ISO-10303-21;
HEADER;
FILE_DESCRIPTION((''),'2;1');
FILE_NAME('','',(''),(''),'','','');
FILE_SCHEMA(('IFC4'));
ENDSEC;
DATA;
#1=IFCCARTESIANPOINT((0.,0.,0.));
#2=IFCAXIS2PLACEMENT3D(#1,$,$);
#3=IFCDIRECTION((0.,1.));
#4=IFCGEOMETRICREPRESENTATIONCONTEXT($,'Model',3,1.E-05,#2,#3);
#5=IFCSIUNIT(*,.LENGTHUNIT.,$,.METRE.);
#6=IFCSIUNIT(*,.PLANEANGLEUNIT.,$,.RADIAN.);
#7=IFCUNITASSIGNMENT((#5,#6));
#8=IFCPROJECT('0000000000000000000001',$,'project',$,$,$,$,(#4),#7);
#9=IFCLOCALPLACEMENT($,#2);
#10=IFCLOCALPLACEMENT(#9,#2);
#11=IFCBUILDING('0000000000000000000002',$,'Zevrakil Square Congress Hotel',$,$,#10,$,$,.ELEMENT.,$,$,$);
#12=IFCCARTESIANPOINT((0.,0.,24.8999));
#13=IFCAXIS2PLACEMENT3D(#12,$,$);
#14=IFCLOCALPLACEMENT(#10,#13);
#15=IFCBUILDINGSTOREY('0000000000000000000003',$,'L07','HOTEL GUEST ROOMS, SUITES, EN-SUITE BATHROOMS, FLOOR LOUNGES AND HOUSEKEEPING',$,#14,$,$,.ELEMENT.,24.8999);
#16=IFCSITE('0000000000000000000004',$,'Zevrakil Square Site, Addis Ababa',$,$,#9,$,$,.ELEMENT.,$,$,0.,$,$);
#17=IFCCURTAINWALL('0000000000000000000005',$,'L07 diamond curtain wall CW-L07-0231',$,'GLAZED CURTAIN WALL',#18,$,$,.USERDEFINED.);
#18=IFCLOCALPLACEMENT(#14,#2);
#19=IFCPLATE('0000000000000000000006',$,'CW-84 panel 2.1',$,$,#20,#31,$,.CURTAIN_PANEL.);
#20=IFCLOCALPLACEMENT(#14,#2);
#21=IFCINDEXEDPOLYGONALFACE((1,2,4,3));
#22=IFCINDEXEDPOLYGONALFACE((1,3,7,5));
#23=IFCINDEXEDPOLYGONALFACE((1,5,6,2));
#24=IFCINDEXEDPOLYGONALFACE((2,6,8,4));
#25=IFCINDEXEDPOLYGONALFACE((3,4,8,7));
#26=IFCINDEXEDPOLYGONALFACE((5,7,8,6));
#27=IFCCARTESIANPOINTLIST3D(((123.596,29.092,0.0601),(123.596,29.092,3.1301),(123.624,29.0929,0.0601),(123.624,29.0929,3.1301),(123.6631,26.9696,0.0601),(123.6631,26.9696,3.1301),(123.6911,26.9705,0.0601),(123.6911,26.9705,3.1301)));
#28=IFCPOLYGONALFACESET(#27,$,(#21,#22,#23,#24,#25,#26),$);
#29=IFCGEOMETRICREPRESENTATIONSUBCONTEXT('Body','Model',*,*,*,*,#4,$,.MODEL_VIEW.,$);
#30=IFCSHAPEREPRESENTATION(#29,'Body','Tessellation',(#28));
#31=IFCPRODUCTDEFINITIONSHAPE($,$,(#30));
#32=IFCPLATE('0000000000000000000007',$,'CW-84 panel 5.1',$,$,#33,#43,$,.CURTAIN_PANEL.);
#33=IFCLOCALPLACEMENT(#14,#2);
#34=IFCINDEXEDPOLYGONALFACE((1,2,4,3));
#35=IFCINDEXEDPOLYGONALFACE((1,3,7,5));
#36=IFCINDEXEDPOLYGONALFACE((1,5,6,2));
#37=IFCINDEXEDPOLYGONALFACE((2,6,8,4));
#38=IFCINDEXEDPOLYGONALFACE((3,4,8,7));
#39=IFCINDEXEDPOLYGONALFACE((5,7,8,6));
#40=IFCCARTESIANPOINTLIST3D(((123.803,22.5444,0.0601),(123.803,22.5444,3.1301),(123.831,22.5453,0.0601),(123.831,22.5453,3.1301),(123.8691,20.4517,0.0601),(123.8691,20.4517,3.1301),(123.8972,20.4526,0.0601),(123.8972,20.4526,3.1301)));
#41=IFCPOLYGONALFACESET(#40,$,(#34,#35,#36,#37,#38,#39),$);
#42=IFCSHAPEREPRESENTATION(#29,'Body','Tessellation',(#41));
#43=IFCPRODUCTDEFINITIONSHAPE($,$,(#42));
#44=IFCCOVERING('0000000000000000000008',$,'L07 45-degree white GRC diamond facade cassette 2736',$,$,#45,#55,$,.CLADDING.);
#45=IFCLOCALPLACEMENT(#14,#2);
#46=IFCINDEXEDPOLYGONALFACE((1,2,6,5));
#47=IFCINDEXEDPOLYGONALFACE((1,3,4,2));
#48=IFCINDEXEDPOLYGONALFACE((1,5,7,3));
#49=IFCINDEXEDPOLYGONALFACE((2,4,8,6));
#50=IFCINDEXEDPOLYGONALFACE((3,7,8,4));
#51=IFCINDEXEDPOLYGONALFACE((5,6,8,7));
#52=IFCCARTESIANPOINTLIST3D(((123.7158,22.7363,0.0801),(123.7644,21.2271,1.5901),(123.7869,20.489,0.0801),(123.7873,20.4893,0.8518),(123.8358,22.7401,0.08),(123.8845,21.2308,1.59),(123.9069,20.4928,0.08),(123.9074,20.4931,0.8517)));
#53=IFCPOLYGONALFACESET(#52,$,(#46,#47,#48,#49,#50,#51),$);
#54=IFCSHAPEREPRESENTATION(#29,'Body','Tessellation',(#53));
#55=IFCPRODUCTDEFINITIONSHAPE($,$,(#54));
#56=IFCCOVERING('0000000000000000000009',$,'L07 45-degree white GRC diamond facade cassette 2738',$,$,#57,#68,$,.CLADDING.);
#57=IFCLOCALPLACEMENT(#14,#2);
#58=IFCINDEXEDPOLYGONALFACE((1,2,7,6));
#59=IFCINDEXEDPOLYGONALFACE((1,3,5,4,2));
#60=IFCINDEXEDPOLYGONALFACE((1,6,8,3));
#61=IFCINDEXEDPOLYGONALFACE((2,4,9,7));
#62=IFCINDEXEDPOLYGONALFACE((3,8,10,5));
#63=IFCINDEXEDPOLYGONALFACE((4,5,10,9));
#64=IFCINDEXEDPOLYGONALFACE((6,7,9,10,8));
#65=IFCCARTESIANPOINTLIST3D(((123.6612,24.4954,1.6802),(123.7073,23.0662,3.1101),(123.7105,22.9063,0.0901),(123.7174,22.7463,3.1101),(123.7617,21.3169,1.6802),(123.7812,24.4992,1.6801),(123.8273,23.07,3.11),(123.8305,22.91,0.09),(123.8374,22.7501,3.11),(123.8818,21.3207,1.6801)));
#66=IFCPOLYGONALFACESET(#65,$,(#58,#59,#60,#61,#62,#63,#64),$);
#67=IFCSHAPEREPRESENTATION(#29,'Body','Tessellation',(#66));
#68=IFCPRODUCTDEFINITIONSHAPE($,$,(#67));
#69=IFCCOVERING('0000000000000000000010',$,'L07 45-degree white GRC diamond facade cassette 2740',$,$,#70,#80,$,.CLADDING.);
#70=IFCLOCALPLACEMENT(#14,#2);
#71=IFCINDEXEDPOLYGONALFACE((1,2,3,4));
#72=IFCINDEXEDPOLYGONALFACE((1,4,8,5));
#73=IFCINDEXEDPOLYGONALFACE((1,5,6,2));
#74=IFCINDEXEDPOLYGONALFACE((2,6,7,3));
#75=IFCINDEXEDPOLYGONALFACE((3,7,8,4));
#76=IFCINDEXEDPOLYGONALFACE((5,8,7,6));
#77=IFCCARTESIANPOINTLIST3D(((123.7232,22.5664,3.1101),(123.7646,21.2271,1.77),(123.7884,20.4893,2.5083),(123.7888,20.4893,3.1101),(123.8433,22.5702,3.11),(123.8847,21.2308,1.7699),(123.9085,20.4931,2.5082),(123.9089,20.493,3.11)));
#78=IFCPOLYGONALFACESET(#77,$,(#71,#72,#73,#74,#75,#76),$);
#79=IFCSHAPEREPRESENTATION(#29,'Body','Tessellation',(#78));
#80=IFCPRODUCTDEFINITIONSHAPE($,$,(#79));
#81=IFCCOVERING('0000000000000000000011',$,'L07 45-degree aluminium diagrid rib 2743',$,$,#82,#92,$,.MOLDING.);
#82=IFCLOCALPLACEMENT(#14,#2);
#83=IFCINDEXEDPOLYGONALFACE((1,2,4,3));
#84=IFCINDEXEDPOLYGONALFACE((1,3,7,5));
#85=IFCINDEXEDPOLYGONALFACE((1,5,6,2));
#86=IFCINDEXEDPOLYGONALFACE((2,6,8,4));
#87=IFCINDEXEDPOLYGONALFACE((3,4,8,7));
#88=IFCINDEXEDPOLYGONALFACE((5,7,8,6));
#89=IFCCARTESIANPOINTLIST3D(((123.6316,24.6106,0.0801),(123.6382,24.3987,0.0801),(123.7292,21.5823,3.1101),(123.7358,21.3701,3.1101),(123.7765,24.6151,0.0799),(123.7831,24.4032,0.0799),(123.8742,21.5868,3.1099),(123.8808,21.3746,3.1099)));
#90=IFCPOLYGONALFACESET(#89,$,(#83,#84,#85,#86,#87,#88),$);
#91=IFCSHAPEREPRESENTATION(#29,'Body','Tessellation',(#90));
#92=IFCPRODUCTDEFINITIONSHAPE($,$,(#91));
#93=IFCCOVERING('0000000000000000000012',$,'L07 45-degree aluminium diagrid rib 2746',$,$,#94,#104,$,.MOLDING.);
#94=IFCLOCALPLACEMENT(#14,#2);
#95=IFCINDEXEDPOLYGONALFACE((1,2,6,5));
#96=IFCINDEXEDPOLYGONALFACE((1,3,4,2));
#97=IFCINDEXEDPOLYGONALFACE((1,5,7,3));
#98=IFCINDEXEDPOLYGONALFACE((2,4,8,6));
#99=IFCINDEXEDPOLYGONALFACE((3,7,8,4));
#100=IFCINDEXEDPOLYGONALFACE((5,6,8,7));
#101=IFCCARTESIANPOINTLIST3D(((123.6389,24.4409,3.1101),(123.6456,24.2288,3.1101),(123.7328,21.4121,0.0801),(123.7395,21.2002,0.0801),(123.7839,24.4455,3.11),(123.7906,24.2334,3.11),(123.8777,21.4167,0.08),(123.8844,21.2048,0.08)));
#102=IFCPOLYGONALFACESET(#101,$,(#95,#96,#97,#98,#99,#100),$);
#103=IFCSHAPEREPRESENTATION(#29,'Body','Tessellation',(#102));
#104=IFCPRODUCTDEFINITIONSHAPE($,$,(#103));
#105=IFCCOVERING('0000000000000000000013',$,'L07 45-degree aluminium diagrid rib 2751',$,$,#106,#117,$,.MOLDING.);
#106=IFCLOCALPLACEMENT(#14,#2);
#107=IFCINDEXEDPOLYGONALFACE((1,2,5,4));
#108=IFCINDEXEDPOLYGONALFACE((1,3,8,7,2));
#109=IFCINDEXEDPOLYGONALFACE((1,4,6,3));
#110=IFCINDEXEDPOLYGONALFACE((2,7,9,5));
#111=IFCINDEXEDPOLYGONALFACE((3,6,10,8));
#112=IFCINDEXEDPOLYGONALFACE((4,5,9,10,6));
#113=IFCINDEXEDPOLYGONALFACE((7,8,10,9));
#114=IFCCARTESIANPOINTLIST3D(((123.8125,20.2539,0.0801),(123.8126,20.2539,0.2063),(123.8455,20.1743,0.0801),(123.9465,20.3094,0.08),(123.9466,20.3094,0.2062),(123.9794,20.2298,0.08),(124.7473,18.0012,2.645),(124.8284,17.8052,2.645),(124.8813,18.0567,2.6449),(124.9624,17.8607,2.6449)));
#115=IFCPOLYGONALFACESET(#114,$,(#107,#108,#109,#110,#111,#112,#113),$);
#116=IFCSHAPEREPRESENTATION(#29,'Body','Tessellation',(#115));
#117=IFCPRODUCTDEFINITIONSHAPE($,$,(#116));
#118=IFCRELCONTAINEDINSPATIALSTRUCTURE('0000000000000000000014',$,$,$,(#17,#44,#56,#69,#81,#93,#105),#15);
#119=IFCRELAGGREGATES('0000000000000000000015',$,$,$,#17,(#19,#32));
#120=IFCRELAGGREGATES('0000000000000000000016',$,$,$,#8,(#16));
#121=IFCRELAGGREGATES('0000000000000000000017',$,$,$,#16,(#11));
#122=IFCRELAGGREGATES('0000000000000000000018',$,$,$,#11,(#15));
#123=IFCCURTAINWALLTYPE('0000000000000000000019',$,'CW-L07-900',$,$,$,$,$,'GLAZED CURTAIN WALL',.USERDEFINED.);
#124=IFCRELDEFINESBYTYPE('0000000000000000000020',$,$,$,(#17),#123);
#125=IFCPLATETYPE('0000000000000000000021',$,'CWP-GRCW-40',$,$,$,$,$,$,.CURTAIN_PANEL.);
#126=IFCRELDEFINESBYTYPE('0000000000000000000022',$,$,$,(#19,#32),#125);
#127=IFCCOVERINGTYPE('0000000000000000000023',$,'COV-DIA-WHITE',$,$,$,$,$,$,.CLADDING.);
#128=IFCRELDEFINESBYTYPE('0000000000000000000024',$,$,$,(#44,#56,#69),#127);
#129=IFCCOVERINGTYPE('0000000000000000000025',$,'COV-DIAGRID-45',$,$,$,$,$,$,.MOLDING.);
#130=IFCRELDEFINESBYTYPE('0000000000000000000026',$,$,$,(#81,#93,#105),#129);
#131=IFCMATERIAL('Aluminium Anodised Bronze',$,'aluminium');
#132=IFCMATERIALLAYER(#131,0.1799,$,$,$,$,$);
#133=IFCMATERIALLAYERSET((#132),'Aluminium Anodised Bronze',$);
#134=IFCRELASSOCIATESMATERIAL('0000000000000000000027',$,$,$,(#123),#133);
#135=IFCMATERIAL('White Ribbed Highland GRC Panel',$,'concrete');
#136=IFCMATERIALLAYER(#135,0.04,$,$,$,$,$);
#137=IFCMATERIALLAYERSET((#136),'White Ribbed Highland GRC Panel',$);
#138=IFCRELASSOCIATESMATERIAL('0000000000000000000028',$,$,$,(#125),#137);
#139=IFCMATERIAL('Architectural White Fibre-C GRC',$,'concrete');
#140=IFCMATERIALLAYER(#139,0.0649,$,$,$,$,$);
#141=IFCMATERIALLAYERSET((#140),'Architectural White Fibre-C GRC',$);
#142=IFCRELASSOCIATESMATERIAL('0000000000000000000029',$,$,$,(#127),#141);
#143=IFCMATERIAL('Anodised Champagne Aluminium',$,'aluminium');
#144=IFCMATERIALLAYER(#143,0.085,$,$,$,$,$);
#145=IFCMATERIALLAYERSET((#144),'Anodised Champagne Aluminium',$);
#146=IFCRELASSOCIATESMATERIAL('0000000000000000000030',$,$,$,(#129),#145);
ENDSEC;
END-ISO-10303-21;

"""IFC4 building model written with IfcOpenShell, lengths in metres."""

from ifc_helpers import new_model, si_unit, direction, frame, origin, origin_2d, place, context, subcontext, project, spatial, polyline, rectangle, outline, extrude, material, layer, layer_set, type_object, element, aggregate, save


model = new_model("IFC4")

# Units and contexts
model_context = context("Model", 3, precision=1e-05, world=origin(), true_north=direction((0.0, 1.0)))
body_context = subcontext(model_context, "Body", "Model", "MODEL_VIEW")
ifc_project = project(units=[si_unit("LENGTHUNIT", "METRE"), si_unit("PLANEANGLEUNIT", "RADIAN")], contexts=[model_context])

# Site, building, storey
site_placement = place(None, origin())
site = spatial("IfcSite", under=ifc_project, at=site_placement, Name="Zevrakil Square Site, Addis Ababa", CompositionType="ELEMENT", RefElevation=0.0)
building_placement = place(site_placement, origin())
building = spatial("IfcBuilding", under=site, at=building_placement, Name="Zevrakil Square Congress Hotel", CompositionType="ELEMENT")
storey_placement = place(building_placement, frame((0.0, 0.0, 24.8999)))
storey = spatial("IfcBuildingStorey", under=building, at=storey_placement, Name="L07", Description="HOTEL GUEST ROOMS, SUITES, EN-SUITE BATHROOMS, FLOOR LOUNGES AND HOUSEKEEPING", CompositionType="ELEMENT", Elevation=24.8999)

# Curtain wall
ifc_material_1 = material(Name="Aluminium Anodised Bronze", Category="aluminium")
ifc_layer_1 = layer(ifc_material_1, 0.1799)
ifc_layer_set_1 = layer_set([ifc_layer_1], Name="Aluminium Anodised Bronze")
curtain_wall_type_1 = type_object("IfcCurtainWallType", Name="CW-L07-900", ElementType="GLAZED CURTAIN WALL", PredefinedType="USERDEFINED", material=ifc_layer_set_1)
curtain_wall_1_placement = place(storey_placement, origin())
curtain_wall_1 = element("IfcCurtainWall", 1, at=curtain_wall_1_placement, inside=storey, type_object=curtain_wall_type_1, Name="L07 diamond curtain wall CW-L07-0231", ObjectType="GLAZED CURTAIN WALL", PredefinedType="USERDEFINED")

# Plates
ifc_material_2 = material(Name="White Ribbed Highland GRC Panel", Category="concrete")
ifc_layer_2 = layer(ifc_material_2, 0.04)
ifc_layer_set_2 = layer_set([ifc_layer_2], Name="White Ribbed Highland GRC Panel")
plate_type_1 = type_object("IfcPlateType", Name="CWP-GRCW-40", PredefinedType="CURTAIN_PANEL", material=ifc_layer_set_2)
plate_1_placement = place(storey_placement, frame((123.6436, 28.0312, 0.0601), z_axis=(0.0, 0.0, 1.0), x_axis=(0.031598, -0.999501, 0.0)))
plate_1 = element("IfcPlate", 2, at=plate_1_placement, type_object=plate_type_1, Name="CW-84 panel 2.1", PredefinedType="CURTAIN_PANEL", context=body_context, shape_type="SweptSolid", body=[
    extrude(rectangle(XDim=2.1235, YDim=0.0281, at=origin_2d()), origin(), (0.0, 0.0, 1.0), 3.0701),
])
plate_2_placement = place(storey_placement, frame((123.8501, 21.4985, 0.0601), z_axis=(0.0, 0.0, 1.0), x_axis=(0.031598, -0.999501, 0.0)))
plate_2 = element("IfcPlate", 3, at=plate_2_placement, type_object=plate_type_1, Name="CW-84 panel 5.1", PredefinedType="CURTAIN_PANEL", context=body_context, shape_type="SweptSolid", body=[
    extrude(rectangle(XDim=2.0938, YDim=0.0281, at=origin_2d()), origin(), (0.0, 0.0, 1.0), 3.0701),
])
aggregate(curtain_wall_1, [plate_1, plate_2])

# Coverings
ifc_material_3 = material(Name="Architectural White Fibre-C GRC", Category="concrete")
ifc_layer_3 = layer(ifc_material_3, 0.0649)
ifc_layer_set_3 = layer_set([ifc_layer_3], Name="Architectural White Fibre-C GRC")
covering_type_1 = type_object("IfcCoveringType", Name="COV-DIA-WHITE", PredefinedType="CLADDING", material=ifc_layer_set_3)
covering_1_placement = place(storey_placement, frame((123.7644, 21.2271, 1.5901), z_axis=(-0.9995, -0.031617, 0.000586), x_axis=(0.02194, -0.706703, -0.70717)))
element("IfcCovering", 4, at=covering_1_placement, inside=storey, type_object=covering_type_1, Name="L07 45-degree white GRC diamond facade cassette 2736", PredefinedType="CLADDING", context=body_context, shape_type="SweptSolid", body=[
    extrude(outline(polyline([(0.0, 0.0), (1.044, 0.0), (1.5899, -0.5455), (0.0002, -2.1355), (0.0, 0.0)])), origin(), (0.0, 0.0, -1.0), 0.1201),
])
covering_2_placement = place(storey_placement, frame((123.7617, 21.3169, 1.6802), z_axis=(-0.9995, -0.031614, 0.000606), x_axis=(-0.022784, 0.706761, -0.707086)))
element("IfcCovering", 5, at=covering_2_placement, inside=storey, type_object=covering_type_1, Name="L07 45-degree white GRC diamond facade cassette 2738", PredefinedType="CLADDING", context=body_context, shape_type="SweptSolid", body=[
    extrude(outline(polyline([(0.0, 0.0), (2.2488, 0.0), (2.2487, -2.2486), (0.2265, -2.2486), (0.0002, -2.0224), (0.0, 0.0)])), origin(), (0.0, 0.0, -1.0), 0.1201),
])
covering_3_placement = place(storey_placement, frame((123.7646, 21.2271, 1.77), z_axis=(-0.999502, -0.031556, 0.000654), x_axis=(-0.021851, 0.706745, 0.70713)))
element("IfcCovering", 6, at=covering_3_placement, inside=storey, type_object=covering_type_1, Name="L07 45-degree white GRC diamond facade cassette 2740", PredefinedType="CLADDING", context=body_context, shape_type="SweptSolid", body=[
    extrude(outline(polyline([(0.0, 0.0), (1.8951, 0.0), (0.4257, -1.4695), (0.0001, -1.044), (0.0, 0.0)])), origin(), (0.0, 0.0, -1.0), 0.1201),
])
ifc_material_4 = material(Name="Anodised Champagne Aluminium", Category="aluminium")
ifc_layer_4 = layer(ifc_material_4, 0.085)
ifc_layer_set_4 = layer_set([ifc_layer_4], Name="Anodised Champagne Aluminium")
covering_type_2 = type_object("IfcCoveringType", Name="COV-DIAGRID-45", PredefinedType="MOLDING", material=ifc_layer_set_4)
covering_4_placement = place(storey_placement, frame((123.6382, 24.3987, 0.0801), z_axis=(-0.999516, -0.031073, 0.001157), x_axis=(-0.031073, 0.999517, 0.0)))
element("IfcCovering", 7, at=covering_4_placement, inside=storey, type_object=covering_type_2, Name="L07 45-degree aluminium diagrid rib 2743", PredefinedType="MOLDING", context=body_context, shape_type="SweptSolid", body=[
    extrude(outline(polyline([(0.0, 0.0), (0.212, 0.0), (-2.8179, -3.03), (-3.0301, -3.03), (0.0, 0.0)])), origin(), (0.0, 0.0, -1.0), 0.145),
])
covering_5_placement = place(storey_placement, frame((123.6389, 24.4409, 3.1101), z_axis=(-0.999499, -0.031648, 0.000669), x_axis=(0.031648, -0.999499, 0.0)))
element("IfcCovering", 8, at=covering_5_placement, inside=storey, type_object=covering_type_2, Name="L07 45-degree aluminium diagrid rib 2746", PredefinedType="MOLDING", context=body_context, shape_type="SweptSolid", body=[
    extrude(outline(polyline([(0.0, 0.0), (0.2123, 0.0), (3.2423, -3.03), (3.0303, -3.03), (0.0, 0.0)])), origin(), (0.0, 0.0, -1.0), 0.145),
])
covering_6_placement = place(storey_placement, frame((123.8455, 20.1743, 0.0801), z_axis=(-0.923941, -0.382534, 0.000764), x_axis=(-0.382534, 0.923941, 0.0)))
element("IfcCovering", 9, at=covering_6_placement, inside=storey, type_object=covering_type_2, Name="L07 45-degree aluminium diagrid rib 2751", PredefinedType="MOLDING", context=body_context, shape_type="SweptSolid", body=[
    extrude(outline(polyline([(0.0, 0.0), (0.0861, 0.0), (0.0861, -0.1262), (-2.3528, -2.5649), (-2.5649, -2.5649), (0.0, 0.0)])), origin(), (0.0, 0.0, -1.0), 0.145),
])

save(model, "model.ifc")
